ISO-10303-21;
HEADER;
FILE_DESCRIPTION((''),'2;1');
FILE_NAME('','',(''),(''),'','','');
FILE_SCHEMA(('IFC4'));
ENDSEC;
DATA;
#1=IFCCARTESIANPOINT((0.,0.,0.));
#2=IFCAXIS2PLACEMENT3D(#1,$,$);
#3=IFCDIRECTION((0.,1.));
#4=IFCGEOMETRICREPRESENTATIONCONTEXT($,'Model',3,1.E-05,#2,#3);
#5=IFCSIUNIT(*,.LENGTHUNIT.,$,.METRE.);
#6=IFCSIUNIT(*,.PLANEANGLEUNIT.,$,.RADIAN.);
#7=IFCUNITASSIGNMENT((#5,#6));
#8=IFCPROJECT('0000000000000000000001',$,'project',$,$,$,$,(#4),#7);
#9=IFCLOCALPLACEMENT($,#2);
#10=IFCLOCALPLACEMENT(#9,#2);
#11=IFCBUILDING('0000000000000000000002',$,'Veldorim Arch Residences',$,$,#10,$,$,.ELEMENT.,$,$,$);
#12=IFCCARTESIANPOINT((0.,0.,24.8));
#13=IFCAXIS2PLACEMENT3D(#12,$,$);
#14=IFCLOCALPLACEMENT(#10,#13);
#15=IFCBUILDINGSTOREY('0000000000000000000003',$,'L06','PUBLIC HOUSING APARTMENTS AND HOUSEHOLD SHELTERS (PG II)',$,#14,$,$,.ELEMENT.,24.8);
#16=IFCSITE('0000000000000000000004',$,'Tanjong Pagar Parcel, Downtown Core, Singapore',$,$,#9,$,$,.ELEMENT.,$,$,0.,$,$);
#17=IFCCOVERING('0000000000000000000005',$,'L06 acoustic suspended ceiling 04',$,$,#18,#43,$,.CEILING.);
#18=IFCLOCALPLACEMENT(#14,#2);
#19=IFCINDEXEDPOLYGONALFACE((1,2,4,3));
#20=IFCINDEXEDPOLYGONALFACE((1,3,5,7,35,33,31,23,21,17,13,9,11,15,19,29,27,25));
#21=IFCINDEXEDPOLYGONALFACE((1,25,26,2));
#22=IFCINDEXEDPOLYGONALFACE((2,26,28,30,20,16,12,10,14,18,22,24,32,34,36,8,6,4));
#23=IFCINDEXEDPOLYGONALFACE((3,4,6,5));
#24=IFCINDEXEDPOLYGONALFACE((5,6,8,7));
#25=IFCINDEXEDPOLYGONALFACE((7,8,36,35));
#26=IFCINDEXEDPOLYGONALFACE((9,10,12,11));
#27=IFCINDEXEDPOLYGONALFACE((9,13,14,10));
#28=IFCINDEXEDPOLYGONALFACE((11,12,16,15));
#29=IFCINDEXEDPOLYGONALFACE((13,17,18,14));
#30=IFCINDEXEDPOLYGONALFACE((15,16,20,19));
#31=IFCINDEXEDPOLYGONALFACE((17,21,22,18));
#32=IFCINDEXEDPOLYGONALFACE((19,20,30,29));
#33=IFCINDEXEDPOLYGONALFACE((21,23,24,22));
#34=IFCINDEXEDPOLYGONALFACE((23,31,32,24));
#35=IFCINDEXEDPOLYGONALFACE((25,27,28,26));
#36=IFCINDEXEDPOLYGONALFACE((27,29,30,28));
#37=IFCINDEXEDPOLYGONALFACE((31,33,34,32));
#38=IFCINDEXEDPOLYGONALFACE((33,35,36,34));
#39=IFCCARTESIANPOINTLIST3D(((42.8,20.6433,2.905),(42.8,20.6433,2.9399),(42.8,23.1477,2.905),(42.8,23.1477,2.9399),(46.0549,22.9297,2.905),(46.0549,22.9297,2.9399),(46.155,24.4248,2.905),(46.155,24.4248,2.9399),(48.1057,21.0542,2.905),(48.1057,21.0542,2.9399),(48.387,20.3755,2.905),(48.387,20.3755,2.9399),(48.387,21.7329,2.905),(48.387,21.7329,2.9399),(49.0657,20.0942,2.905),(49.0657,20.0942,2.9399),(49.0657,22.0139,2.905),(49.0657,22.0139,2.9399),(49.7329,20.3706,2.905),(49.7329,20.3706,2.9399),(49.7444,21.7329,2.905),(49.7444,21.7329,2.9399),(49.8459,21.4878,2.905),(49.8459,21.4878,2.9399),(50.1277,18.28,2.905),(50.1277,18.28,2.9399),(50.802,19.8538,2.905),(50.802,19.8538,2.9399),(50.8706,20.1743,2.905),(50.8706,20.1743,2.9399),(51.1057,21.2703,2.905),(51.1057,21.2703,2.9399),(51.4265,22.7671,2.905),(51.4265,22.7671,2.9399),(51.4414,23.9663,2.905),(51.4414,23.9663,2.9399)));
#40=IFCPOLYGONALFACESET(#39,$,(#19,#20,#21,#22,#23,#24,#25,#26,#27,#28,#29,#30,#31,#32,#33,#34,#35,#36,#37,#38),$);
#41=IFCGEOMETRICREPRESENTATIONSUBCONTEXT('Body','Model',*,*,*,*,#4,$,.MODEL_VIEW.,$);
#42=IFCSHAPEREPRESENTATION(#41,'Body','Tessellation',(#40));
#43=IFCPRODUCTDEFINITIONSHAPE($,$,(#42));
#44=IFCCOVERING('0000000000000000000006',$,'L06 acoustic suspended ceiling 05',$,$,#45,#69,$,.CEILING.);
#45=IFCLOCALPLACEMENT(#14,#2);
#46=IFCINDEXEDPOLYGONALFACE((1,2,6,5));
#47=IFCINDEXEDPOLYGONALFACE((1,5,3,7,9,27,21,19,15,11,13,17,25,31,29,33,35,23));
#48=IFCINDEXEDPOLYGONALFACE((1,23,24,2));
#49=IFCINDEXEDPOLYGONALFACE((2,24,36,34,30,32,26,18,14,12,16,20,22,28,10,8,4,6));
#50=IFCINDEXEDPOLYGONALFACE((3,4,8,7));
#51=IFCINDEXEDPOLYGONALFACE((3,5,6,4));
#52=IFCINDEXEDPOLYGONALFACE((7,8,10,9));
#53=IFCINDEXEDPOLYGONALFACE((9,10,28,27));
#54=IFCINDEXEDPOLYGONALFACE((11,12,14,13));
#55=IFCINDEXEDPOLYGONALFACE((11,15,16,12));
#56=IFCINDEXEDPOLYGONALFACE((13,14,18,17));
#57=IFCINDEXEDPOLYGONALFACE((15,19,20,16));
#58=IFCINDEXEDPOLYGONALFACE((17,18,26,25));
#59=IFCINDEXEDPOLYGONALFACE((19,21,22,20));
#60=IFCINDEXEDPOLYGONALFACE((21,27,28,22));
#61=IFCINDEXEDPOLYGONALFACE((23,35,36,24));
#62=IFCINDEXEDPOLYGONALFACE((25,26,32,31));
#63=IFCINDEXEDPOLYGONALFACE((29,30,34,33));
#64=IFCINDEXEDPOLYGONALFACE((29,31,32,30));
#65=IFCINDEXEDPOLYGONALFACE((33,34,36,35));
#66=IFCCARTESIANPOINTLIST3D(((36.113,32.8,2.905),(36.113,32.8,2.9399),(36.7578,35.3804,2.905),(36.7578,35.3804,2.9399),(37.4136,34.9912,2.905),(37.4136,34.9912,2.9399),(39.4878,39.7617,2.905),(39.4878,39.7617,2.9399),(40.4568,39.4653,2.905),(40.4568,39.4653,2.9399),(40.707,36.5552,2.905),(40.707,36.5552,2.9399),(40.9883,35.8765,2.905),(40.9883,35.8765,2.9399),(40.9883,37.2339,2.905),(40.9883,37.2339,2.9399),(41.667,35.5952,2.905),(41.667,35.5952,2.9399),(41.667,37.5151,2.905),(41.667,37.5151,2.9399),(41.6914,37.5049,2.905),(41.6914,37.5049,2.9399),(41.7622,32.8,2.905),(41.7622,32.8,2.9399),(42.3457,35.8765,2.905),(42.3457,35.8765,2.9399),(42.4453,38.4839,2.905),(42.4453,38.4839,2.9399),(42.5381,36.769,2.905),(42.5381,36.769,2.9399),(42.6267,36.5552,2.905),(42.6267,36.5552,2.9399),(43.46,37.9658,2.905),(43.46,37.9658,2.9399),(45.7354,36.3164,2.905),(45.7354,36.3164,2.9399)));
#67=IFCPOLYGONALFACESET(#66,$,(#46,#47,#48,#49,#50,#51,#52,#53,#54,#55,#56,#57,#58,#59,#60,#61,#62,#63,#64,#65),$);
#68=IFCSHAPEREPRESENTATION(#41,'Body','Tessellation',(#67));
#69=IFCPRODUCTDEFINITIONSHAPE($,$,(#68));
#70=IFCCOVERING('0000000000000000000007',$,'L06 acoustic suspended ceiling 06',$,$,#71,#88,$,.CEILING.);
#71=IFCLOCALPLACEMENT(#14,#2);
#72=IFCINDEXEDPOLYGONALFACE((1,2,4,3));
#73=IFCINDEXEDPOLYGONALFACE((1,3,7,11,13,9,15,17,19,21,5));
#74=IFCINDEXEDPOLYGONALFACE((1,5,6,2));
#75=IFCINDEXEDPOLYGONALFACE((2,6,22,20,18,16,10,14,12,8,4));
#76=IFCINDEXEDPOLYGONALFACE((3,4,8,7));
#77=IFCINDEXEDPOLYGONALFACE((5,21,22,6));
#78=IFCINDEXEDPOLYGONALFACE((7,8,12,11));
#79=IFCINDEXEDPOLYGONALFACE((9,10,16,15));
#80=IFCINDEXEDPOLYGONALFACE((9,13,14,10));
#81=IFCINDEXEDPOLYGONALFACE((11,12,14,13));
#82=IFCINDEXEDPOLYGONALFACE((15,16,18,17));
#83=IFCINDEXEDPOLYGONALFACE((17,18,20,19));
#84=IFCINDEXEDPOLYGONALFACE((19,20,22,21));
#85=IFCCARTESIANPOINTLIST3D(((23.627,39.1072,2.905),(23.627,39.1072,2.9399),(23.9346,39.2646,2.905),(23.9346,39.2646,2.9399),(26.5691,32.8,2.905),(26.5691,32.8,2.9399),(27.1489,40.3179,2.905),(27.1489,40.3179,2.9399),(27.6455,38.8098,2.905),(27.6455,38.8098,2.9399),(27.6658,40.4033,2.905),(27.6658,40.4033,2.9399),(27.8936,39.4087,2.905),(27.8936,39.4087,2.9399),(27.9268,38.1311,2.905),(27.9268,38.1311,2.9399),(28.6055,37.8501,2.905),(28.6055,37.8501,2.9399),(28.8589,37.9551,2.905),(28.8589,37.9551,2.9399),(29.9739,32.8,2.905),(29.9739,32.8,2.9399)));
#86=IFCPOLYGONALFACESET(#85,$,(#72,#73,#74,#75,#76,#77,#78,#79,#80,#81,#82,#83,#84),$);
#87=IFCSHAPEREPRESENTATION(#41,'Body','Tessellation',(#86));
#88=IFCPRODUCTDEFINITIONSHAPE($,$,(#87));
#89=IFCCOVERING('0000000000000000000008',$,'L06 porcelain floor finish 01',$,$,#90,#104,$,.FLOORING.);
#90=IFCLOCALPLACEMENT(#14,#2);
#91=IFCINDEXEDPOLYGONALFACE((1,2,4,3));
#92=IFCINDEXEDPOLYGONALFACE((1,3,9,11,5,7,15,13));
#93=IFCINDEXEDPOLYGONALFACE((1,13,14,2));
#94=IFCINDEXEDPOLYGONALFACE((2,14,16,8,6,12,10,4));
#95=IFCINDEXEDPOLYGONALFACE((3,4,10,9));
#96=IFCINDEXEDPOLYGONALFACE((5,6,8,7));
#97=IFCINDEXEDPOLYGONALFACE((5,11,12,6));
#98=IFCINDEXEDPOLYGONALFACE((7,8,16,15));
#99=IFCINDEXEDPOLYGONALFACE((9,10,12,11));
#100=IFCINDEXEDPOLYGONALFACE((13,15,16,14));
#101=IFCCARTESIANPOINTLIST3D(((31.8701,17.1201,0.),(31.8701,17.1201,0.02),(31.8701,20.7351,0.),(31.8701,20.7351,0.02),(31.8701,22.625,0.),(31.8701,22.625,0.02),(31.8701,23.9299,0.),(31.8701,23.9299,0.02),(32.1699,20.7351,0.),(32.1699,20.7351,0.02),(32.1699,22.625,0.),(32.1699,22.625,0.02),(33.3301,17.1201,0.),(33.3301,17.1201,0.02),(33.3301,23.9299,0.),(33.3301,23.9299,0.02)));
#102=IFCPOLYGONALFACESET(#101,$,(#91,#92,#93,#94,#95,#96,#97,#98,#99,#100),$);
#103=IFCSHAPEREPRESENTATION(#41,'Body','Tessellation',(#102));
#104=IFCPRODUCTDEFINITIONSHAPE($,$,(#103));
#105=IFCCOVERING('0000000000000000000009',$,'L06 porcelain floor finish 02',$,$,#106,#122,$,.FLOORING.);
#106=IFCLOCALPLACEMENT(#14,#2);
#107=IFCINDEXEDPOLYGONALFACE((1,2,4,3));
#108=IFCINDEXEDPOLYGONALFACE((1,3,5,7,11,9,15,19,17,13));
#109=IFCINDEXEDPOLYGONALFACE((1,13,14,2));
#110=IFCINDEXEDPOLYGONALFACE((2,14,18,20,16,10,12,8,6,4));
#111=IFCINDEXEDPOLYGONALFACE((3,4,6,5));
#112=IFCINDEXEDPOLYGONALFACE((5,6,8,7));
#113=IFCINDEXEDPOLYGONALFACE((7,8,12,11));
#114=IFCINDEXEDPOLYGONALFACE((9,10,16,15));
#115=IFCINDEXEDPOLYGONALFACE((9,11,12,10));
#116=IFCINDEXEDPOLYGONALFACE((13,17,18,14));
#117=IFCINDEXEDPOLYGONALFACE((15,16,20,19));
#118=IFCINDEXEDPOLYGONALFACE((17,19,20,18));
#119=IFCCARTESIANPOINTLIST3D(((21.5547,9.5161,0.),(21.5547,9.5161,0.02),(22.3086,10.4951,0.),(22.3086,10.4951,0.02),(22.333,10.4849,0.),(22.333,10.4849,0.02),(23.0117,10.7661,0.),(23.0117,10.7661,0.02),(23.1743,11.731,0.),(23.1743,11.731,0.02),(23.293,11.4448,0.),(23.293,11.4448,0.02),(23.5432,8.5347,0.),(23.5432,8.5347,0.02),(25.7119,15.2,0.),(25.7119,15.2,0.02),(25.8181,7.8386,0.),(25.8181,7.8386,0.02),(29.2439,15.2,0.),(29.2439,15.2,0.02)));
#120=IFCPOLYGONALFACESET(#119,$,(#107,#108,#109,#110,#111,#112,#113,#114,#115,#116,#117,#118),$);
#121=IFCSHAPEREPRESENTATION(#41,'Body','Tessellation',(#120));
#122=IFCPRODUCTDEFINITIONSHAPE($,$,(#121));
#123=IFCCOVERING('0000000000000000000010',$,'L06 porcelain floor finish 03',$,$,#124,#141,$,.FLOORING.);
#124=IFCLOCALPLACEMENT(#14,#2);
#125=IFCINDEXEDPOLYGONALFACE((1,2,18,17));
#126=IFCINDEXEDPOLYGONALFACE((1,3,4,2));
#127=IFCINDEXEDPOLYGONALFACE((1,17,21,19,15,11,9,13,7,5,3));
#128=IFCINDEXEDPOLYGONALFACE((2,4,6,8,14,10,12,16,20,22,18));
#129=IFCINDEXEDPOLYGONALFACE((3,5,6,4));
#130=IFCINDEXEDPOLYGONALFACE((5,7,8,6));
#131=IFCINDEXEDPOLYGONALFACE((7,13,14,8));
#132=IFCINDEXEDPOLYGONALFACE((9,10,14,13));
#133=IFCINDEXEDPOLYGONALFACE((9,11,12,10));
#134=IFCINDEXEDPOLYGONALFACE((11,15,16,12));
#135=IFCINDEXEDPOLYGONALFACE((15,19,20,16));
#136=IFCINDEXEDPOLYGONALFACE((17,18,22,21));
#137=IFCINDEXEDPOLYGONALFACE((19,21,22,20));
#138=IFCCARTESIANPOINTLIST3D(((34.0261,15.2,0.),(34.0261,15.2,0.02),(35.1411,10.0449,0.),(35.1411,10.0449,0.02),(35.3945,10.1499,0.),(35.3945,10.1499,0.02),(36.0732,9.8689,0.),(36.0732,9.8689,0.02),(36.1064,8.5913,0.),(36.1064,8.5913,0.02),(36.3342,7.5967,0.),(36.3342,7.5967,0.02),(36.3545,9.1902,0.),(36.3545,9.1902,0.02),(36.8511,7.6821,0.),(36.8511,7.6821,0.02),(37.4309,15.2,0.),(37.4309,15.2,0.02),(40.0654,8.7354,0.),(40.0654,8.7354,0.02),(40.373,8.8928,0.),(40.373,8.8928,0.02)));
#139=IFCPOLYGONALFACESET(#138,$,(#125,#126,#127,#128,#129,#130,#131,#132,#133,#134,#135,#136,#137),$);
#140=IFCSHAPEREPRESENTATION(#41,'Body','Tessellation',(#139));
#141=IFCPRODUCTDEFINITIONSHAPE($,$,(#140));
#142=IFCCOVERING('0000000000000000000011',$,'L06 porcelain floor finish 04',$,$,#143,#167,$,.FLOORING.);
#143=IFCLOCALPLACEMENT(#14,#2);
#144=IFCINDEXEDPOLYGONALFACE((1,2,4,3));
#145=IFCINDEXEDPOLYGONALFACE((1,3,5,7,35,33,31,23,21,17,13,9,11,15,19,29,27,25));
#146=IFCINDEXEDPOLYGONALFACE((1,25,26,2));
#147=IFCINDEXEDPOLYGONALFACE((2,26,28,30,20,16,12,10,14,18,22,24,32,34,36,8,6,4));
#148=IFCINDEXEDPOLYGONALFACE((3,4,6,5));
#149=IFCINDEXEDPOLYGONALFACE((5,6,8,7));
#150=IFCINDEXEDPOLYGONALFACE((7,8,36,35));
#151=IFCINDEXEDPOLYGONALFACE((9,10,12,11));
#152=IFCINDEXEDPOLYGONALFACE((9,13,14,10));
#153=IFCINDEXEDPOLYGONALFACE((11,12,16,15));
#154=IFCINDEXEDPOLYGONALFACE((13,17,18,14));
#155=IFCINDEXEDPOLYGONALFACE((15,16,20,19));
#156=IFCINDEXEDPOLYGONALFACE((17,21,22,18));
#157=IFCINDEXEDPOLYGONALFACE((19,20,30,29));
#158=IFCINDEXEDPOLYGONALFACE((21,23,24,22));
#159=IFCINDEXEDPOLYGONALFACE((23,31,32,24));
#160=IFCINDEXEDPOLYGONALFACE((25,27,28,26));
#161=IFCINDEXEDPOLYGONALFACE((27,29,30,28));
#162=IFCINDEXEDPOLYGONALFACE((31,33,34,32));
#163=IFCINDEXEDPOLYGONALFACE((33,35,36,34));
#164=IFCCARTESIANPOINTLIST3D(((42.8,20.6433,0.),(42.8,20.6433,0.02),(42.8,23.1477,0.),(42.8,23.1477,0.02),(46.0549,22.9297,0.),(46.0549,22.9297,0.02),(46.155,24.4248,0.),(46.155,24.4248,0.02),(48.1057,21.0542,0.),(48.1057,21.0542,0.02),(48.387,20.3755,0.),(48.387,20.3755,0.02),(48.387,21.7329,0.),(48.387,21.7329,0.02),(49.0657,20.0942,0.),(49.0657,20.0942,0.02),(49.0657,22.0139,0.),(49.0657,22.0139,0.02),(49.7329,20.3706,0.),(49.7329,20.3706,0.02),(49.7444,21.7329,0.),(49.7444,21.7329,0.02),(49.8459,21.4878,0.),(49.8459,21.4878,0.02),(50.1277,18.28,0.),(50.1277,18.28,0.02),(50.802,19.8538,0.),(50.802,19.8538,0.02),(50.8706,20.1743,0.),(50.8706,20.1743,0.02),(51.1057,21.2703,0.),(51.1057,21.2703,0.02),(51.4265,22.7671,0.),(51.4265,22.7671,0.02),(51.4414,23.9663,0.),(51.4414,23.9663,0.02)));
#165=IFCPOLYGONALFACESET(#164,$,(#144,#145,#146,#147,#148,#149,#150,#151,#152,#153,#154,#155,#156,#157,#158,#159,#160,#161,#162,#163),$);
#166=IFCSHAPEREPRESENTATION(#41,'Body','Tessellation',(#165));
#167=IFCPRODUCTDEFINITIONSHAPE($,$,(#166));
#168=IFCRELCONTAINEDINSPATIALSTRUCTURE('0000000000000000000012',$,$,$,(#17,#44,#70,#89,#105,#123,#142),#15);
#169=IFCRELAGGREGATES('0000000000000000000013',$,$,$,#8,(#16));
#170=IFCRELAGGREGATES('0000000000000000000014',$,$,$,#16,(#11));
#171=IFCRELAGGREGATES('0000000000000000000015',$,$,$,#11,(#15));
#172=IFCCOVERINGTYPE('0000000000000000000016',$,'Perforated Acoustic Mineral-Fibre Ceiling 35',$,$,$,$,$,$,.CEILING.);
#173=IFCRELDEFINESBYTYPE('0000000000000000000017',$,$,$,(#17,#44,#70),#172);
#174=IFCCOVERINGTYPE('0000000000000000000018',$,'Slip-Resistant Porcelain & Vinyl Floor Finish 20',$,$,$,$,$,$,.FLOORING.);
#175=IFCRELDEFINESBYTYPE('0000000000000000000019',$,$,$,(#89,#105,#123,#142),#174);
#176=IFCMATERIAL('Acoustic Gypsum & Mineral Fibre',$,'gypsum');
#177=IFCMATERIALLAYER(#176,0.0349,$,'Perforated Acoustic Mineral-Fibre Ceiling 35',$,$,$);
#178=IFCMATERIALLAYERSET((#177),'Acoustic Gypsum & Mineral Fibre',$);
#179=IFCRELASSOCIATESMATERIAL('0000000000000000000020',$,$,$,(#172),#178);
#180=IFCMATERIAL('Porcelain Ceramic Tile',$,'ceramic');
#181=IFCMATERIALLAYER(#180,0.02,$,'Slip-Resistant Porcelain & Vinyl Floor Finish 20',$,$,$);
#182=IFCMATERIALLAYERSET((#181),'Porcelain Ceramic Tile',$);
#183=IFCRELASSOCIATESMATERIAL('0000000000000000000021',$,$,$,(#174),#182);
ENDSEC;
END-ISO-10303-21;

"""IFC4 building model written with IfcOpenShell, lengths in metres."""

from ifc_helpers import new_model, si_unit, direction, frame, origin, place, context, subcontext, project, spatial, polyline, outline, extrude, material, layer, layer_set, type_object, element, save


model = new_model("IFC4")

# Units and contexts
model_context = context("Model", 3, precision=1e-05, world=origin(), true_north=direction((0.0, 1.0)))
body_context = subcontext(model_context, "Body", "Model", "MODEL_VIEW")
ifc_project = project(units=[si_unit("LENGTHUNIT", "METRE"), si_unit("PLANEANGLEUNIT", "RADIAN")], contexts=[model_context])

# Site, building, storey
site_placement = place(None, origin())
site = spatial("IfcSite", under=ifc_project, at=site_placement, Name="Tanjong Pagar Parcel, Downtown Core, Singapore", CompositionType="ELEMENT", RefElevation=0.0)
building_placement = place(site_placement, origin())
building = spatial("IfcBuilding", under=site, at=building_placement, Name="Veldorim Arch Residences", CompositionType="ELEMENT")
storey_placement = place(building_placement, frame((0.0, 0.0, 24.8)))
storey = spatial("IfcBuildingStorey", under=building, at=storey_placement, Name="L06", Description="PUBLIC HOUSING APARTMENTS AND HOUSEHOLD SHELTERS (PG II)", CompositionType="ELEMENT", Elevation=24.8)

# Coverings
ifc_material_1 = material(Name="Acoustic Gypsum & Mineral Fibre", Category="gypsum")
ifc_layer_1 = layer(ifc_material_1, 0.0349, Name="Perforated Acoustic Mineral-Fibre Ceiling 35")
ifc_layer_set_1 = layer_set([ifc_layer_1], Name="Acoustic Gypsum & Mineral Fibre")
covering_type_1 = type_object("IfcCoveringType", Name="Perforated Acoustic Mineral-Fibre Ceiling 35", PredefinedType="CEILING", material=ifc_layer_set_1)
covering_1_placement = place(storey_placement, frame((0.0, 0.0, 2.905)))
element("IfcCovering", 1, at=covering_1_placement, inside=storey, type_object=covering_type_1, Name="L06 acoustic suspended ceiling 04", PredefinedType="CEILING", context=body_context, shape_type="SweptSolid", body=[
    extrude(outline(polyline([(49.0657, 20.0942), (49.7329, 20.3706), (50.8706, 20.1743), (50.802, 19.8538), (50.1277, 18.28), (42.8, 20.6433), (42.8, 23.1477), (46.0549, 22.9297), (46.155, 24.4248), (51.4414, 23.9663), (51.4265, 22.7671), (51.1057, 21.2703), (49.8459, 21.4878), (49.7444, 21.7329), (49.0657, 22.0139), (48.387, 21.7329), (48.1057, 21.0542), (48.387, 20.3755), (49.0657, 20.0942)])), origin(), (0.0, 0.0, 1.0), 0.0349),
])
covering_2_placement = place(storey_placement, frame((0.0, 0.0, 2.905)))
element("IfcCovering", 2, at=covering_2_placement, inside=storey, type_object=covering_type_1, Name="L06 acoustic suspended ceiling 05", PredefinedType="CEILING", context=body_context, shape_type="SweptSolid", body=[
    extrude(outline(polyline([(41.667, 37.5151), (40.9883, 37.2339), (40.707, 36.5552), (40.9883, 35.8765), (41.667, 35.5952), (42.3457, 35.8765), (42.6267, 36.5552), (42.5381, 36.769), (43.46, 37.9658), (45.7354, 36.3164), (41.7622, 32.8), (36.113, 32.8), (37.4136, 34.9912), (36.7578, 35.3804), (39.4878, 39.7617), (40.4568, 39.4653), (42.4453, 38.4839), (41.6914, 37.5049), (41.667, 37.5151)])), origin(), (0.0, 0.0, 1.0), 0.0349),
])
covering_3_placement = place(storey_placement, frame((0.0, 0.0, 2.905)))
element("IfcCovering", 3, at=covering_3_placement, inside=storey, type_object=covering_type_1, Name="L06 acoustic suspended ceiling 06", PredefinedType="CEILING", context=body_context, shape_type="SweptSolid", body=[
    extrude(outline(polyline([(27.6658, 40.4033), (27.8936, 39.4087), (27.6455, 38.8098), (27.9268, 38.1311), (28.6055, 37.8501), (28.8589, 37.9551), (29.9739, 32.8), (26.5691, 32.8), (23.627, 39.1072), (23.9346, 39.2646), (27.1489, 40.3179), (27.6658, 40.4033)])), origin(), (0.0, 0.0, 1.0), 0.0349),
])
ifc_material_2 = material(Name="Porcelain Ceramic Tile", Category="ceramic")
ifc_layer_2 = layer(ifc_material_2, 0.02, Name="Slip-Resistant Porcelain & Vinyl Floor Finish 20")
ifc_layer_set_2 = layer_set([ifc_layer_2], Name="Porcelain Ceramic Tile")
covering_type_2 = type_object("IfcCoveringType", Name="Slip-Resistant Porcelain & Vinyl Floor Finish 20", PredefinedType="FLOORING", material=ifc_layer_set_2)
covering_4_placement = place(storey_placement, origin())
element("IfcCovering", 4, at=covering_4_placement, inside=storey, type_object=covering_type_2, Name="L06 porcelain floor finish 01", PredefinedType="FLOORING", context=body_context, shape_type="SweptSolid", body=[
    extrude(outline(polyline([(33.3301, 23.9299), (33.3301, 17.1201), (31.8701, 17.1201), (31.8701, 20.7351), (32.1699, 20.7351), (32.1699, 22.625), (31.8701, 22.625), (31.8701, 23.9299), (33.3301, 23.9299)])), origin(), (0.0, 0.0, 1.0), 0.02),
])
covering_5_placement = place(storey_placement, origin())
element("IfcCovering", 5, at=covering_5_placement, inside=storey, type_object=covering_type_2, Name="L06 porcelain floor finish 02", PredefinedType="FLOORING", context=body_context, shape_type="SweptSolid", body=[
    extrude(outline(polyline([(22.3086, 10.4951), (22.333, 10.4849), (23.0117, 10.7661), (23.293, 11.4448), (23.1743, 11.731), (25.7119, 15.2), (29.2439, 15.2), (25.8181, 7.8386), (23.5432, 8.5347), (21.5547, 9.5161), (22.3086, 10.4951)])), origin(), (0.0, 0.0, 1.0), 0.02),
])
covering_6_placement = place(storey_placement, origin())
element("IfcCovering", 6, at=covering_6_placement, inside=storey, type_object=covering_type_2, Name="L06 porcelain floor finish 03", PredefinedType="FLOORING", context=body_context, shape_type="SweptSolid", body=[
    extrude(outline(polyline([(36.3545, 9.1902), (36.0732, 9.8689), (35.3945, 10.1499), (35.1411, 10.0449), (34.0261, 15.2), (37.4309, 15.2), (40.373, 8.8928), (40.0654, 8.7354), (36.8511, 7.6821), (36.3342, 7.5967), (36.1064, 8.5913), (36.3545, 9.1902)])), origin(), (0.0, 0.0, 1.0), 0.02),
])
covering_7_placement = place(storey_placement, origin())
element("IfcCovering", 7, at=covering_7_placement, inside=storey, type_object=covering_type_2, Name="L06 porcelain floor finish 04", PredefinedType="FLOORING", context=body_context, shape_type="SweptSolid", body=[
    extrude(outline(polyline([(49.0657, 20.0942), (49.7329, 20.3706), (50.8706, 20.1743), (50.802, 19.8538), (50.1277, 18.28), (42.8, 20.6433), (42.8, 23.1477), (46.0549, 22.9297), (46.155, 24.4248), (51.4414, 23.9663), (51.4265, 22.7671), (51.1057, 21.2703), (49.8459, 21.4878), (49.7444, 21.7329), (49.0657, 22.0139), (48.387, 21.7329), (48.1057, 21.0542), (48.387, 20.3755), (49.0657, 20.0942)])), origin(), (0.0, 0.0, 1.0), 0.02),
])

save(model, "model.ifc")
